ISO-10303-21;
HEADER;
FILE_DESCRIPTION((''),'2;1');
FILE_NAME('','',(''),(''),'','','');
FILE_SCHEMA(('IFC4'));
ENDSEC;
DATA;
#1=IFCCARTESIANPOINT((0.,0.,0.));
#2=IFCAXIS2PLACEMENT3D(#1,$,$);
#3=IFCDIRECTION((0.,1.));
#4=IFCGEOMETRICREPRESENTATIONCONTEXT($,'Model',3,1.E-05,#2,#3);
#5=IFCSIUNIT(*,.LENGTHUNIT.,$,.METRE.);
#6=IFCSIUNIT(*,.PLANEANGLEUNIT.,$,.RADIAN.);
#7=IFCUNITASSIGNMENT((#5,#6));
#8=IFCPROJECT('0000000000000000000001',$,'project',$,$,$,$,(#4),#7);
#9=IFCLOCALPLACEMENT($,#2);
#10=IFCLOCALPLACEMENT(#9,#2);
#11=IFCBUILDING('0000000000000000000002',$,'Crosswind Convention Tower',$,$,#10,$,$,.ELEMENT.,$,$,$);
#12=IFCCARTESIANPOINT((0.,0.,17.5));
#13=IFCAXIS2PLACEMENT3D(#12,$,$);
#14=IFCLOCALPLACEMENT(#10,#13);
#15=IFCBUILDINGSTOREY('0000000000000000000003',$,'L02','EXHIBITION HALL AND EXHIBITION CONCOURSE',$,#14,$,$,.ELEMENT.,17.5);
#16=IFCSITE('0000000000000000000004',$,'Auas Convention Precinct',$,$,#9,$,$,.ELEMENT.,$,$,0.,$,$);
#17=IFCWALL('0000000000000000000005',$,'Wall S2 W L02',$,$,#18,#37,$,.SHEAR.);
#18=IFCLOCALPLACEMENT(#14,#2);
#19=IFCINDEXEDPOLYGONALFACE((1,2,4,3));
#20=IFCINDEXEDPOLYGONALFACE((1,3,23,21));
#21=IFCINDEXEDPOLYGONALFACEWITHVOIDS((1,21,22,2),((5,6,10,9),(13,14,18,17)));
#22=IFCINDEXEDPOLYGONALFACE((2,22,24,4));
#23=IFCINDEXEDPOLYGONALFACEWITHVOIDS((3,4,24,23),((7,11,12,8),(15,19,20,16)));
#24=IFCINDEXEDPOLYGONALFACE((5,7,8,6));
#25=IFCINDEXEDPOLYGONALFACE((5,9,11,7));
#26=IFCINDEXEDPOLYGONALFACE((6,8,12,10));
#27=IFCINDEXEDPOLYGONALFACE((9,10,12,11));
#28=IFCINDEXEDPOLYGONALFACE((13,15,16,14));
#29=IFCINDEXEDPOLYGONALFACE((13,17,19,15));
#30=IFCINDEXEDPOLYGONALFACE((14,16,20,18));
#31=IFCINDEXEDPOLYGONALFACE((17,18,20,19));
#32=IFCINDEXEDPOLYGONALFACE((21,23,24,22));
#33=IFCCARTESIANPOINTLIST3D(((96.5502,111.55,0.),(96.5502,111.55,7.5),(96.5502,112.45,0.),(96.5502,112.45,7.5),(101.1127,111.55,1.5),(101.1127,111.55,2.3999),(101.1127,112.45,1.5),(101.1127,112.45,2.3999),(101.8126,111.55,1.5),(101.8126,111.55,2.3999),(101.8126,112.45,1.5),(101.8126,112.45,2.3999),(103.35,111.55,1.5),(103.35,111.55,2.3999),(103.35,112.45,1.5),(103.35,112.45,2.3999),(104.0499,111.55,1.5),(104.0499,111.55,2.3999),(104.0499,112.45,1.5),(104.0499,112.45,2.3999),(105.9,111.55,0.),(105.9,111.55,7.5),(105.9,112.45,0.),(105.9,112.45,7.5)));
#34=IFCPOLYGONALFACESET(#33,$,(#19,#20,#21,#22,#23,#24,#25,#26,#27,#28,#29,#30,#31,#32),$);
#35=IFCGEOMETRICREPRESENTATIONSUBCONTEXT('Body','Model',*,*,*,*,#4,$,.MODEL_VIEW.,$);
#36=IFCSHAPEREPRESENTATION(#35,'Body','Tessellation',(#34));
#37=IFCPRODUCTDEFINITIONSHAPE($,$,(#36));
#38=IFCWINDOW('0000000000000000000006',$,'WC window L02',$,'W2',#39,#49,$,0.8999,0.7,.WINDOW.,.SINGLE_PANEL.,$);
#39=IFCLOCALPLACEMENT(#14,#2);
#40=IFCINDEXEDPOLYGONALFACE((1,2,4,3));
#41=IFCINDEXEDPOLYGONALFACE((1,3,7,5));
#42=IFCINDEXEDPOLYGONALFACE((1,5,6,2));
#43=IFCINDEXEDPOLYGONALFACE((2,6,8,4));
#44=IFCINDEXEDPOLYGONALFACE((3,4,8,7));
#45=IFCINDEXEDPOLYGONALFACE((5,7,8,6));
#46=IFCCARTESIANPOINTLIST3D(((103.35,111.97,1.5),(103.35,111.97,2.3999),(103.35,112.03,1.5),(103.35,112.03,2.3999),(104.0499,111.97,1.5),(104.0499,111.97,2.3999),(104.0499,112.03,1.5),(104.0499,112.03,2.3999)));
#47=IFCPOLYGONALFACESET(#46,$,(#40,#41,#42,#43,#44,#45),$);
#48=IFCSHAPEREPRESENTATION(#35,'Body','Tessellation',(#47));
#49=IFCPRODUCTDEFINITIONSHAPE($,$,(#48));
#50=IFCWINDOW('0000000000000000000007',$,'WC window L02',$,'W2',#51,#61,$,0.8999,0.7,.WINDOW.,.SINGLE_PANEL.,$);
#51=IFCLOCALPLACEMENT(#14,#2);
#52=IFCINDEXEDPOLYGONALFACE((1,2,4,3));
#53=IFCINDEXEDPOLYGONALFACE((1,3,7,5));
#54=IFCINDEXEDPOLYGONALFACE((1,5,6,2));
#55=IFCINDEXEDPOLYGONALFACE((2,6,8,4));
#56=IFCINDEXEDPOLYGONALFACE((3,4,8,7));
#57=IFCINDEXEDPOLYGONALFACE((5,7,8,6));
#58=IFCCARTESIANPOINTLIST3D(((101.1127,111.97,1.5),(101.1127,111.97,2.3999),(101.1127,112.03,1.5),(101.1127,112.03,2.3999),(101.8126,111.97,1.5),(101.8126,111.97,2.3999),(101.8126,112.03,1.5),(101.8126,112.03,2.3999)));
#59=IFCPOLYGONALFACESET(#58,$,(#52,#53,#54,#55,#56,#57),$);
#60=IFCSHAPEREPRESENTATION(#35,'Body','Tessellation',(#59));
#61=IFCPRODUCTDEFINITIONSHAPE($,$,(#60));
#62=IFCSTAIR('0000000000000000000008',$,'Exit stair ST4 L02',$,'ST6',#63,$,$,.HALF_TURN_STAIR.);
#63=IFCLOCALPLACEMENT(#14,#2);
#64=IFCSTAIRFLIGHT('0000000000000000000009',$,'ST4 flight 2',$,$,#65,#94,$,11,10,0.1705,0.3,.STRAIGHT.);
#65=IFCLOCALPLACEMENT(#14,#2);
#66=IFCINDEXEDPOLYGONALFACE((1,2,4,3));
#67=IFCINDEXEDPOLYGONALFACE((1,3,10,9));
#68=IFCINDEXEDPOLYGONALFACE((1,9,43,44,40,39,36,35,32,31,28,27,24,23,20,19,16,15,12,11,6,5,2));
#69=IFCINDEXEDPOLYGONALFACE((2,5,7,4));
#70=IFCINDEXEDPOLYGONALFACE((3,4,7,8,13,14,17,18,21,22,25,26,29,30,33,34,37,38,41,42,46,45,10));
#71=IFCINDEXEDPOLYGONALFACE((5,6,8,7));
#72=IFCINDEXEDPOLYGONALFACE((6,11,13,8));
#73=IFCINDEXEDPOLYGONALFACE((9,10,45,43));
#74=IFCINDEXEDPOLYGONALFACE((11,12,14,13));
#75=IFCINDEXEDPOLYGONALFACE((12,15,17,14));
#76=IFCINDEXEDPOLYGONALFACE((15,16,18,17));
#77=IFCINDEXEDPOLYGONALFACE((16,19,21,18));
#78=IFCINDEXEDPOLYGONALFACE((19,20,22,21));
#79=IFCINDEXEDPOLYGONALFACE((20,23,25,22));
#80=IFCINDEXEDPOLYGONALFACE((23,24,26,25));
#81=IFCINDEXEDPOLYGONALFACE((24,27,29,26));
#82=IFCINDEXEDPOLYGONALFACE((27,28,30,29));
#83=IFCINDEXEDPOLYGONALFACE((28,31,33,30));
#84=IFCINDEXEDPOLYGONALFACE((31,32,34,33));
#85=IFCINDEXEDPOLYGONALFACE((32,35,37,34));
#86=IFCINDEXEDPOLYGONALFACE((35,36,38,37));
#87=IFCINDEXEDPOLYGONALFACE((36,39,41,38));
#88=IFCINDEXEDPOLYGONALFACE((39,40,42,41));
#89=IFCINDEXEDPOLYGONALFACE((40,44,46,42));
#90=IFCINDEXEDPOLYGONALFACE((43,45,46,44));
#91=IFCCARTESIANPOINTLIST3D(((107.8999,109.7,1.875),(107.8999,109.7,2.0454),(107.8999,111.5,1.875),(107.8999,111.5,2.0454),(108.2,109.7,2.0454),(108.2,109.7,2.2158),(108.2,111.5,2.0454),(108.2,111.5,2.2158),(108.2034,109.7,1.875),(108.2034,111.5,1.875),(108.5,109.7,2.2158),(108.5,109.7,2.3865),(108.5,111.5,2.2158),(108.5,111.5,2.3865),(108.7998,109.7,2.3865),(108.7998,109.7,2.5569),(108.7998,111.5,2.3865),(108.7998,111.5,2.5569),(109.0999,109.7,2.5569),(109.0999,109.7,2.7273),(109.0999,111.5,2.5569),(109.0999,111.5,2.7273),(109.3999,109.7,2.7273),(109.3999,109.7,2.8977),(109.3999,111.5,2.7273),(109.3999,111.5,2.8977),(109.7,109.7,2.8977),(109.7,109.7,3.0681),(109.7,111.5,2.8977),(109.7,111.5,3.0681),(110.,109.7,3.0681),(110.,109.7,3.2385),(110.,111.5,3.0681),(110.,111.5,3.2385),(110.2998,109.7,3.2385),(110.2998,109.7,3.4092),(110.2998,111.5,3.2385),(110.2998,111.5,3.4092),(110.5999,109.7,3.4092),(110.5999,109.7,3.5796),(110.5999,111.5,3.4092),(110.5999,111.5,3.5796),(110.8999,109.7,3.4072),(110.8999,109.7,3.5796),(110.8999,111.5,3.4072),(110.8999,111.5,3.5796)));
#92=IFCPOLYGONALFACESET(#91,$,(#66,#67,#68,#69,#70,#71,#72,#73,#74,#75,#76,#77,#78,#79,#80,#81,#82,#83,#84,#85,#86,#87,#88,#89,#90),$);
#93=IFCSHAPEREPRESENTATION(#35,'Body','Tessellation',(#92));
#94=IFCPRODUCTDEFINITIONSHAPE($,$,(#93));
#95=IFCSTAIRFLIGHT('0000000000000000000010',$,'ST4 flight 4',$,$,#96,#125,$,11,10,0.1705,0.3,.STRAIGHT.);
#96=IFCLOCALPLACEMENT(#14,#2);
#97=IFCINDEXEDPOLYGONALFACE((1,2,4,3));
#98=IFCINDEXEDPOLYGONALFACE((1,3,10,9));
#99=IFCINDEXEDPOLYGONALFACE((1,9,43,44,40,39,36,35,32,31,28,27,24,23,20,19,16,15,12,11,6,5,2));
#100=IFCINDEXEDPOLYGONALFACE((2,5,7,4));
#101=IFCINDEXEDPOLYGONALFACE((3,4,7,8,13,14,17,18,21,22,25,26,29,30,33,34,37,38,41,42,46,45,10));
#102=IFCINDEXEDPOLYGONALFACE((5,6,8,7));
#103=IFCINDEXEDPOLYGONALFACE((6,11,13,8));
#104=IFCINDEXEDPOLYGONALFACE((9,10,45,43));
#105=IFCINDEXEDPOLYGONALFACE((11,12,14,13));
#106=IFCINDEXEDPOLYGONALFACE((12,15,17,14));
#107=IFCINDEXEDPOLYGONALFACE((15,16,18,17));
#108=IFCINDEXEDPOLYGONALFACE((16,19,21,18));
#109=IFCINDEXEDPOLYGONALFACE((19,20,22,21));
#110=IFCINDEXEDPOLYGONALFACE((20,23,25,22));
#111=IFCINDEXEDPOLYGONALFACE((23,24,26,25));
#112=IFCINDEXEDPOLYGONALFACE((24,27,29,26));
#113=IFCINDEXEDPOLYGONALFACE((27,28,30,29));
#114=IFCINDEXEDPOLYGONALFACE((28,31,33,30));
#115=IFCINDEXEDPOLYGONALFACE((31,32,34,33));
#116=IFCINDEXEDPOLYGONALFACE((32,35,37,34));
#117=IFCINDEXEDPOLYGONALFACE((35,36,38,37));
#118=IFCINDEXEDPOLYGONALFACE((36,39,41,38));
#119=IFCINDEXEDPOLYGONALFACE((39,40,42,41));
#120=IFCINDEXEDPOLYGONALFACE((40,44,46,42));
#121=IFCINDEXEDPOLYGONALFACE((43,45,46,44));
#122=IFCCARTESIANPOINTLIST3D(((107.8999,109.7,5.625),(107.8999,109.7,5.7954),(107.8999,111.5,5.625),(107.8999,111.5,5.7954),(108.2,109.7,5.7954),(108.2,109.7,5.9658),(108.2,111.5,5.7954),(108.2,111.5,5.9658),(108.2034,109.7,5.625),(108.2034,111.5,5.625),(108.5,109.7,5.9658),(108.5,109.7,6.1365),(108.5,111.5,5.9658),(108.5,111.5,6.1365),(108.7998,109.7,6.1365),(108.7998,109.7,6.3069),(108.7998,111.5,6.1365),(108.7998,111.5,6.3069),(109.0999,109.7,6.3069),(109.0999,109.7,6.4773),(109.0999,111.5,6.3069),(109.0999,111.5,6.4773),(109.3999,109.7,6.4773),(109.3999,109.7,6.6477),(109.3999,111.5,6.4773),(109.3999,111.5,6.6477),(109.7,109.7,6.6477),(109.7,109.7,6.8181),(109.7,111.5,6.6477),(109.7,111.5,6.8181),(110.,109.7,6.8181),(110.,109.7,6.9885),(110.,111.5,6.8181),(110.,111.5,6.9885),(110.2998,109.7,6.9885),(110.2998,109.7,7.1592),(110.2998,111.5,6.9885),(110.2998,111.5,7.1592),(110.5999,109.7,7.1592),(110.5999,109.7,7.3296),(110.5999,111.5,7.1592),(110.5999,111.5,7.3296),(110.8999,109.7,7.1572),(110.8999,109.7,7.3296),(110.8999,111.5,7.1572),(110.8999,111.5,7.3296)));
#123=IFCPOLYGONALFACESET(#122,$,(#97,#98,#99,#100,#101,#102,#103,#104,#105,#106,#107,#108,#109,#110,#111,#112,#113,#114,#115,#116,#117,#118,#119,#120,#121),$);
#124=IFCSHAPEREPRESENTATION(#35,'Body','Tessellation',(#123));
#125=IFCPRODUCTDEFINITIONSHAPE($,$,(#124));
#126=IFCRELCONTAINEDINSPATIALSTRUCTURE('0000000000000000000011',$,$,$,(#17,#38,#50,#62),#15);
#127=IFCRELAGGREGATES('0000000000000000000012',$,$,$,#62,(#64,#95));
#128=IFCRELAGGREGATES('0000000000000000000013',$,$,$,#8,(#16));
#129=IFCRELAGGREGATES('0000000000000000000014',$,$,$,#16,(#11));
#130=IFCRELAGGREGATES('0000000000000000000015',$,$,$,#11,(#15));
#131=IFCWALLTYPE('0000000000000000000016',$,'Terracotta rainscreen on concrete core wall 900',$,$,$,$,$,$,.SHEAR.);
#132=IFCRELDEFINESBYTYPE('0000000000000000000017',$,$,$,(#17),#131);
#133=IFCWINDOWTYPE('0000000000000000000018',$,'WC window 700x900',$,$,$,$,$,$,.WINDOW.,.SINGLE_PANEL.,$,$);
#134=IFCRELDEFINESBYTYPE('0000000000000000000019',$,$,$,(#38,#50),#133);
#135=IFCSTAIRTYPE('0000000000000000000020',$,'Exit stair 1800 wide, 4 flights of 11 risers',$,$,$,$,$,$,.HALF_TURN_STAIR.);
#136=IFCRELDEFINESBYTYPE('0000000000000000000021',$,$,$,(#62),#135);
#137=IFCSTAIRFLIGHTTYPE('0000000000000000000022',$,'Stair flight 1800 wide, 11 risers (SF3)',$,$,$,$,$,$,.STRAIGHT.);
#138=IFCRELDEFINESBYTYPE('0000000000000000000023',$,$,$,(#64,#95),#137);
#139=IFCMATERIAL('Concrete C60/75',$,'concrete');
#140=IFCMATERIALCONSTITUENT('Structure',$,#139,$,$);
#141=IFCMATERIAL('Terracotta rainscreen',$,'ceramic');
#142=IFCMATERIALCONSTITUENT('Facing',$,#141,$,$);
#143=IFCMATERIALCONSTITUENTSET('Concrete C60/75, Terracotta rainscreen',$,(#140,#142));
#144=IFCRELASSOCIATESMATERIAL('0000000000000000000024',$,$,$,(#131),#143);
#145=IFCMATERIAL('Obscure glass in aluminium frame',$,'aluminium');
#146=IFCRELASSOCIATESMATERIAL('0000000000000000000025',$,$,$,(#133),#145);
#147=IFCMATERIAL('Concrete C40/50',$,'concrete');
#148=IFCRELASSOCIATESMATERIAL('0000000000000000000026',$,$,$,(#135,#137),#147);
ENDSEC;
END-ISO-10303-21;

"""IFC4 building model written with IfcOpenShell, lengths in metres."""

from ifc_helpers import new_model, si_unit, direction, frame, frame_2d, origin, place, context, subcontext, project, spatial, polyline, rectangle, outline, extrude, material, constituent, constituent_set, type_object, element, fill, aggregate, save


model = new_model("IFC4")

# Units and contexts
model_context = context("Model", 3, precision=1e-05, world=origin(), true_north=direction((0.0, 1.0)))
body_context = subcontext(model_context, "Body", "Model", "MODEL_VIEW")
ifc_project = project(units=[si_unit("LENGTHUNIT", "METRE"), si_unit("PLANEANGLEUNIT", "RADIAN")], contexts=[model_context])

# Site, building, storey
site_placement = place(None, origin())
site = spatial("IfcSite", under=ifc_project, at=site_placement, Name="Auas Convention Precinct", CompositionType="ELEMENT", RefElevation=0.0)
building_placement = place(site_placement, origin())
building = spatial("IfcBuilding", under=site, at=building_placement, Name="Crosswind Convention Tower", CompositionType="ELEMENT")
storey_placement = place(building_placement, frame((0.0, 0.0, 17.5)))
storey = spatial("IfcBuildingStorey", under=building, at=storey_placement, Name="L02", Description="EXHIBITION HALL AND EXHIBITION CONCOURSE", CompositionType="ELEMENT", Elevation=17.5)

# Shared definitions
ifc_material_1 = material(Name="Concrete C60/75", Category="concrete")

# Wall, openings, windows
ifc_constituent_1 = constituent(ifc_material_1, Name="Structure")
ifc_material_2 = material(Name="Terracotta rainscreen", Category="ceramic")
ifc_constituent_2 = constituent(ifc_material_2, Name="Facing")
ifc_constituent_set = constituent_set(constituents=[ifc_constituent_1, ifc_constituent_2], Name="Concrete C60/75, Terracotta rainscreen")
wall_type_1 = type_object("IfcWallType", Name="Terracotta rainscreen on concrete core wall 900", PredefinedType="SHEAR", material=ifc_constituent_set)
wall_1_placement = place(storey_placement, frame((105.8999, 112.0, 0.0), z_axis=(0.0, 0.0, 1.0), x_axis=(-1.0, 0.0, 0.0)))
wall_1 = element("IfcWall", 1, at=wall_1_placement, inside=storey, type_object=wall_type_1, Name="Wall S2 W L02", PredefinedType="SHEAR", context=body_context, shape_type="SweptSolid", body=[
    extrude(rectangle(XDim=9.3499, YDim=0.8999, at=frame_2d((4.6748, 0.0))), origin(), (0.0, 0.0, 1.0), 7.5),
])
opening_1_placement = place(wall_1_placement, frame((1.8499, 0.0, 1.5)))
opening_1 = element("IfcOpeningElement", 2, at=opening_1_placement, cuts=wall_1, PredefinedType="OPENING", context=body_context, shape_type="SweptSolid", body=[
    extrude(rectangle(XDim=0.7, YDim=0.8999, at=frame_2d((0.3501, 0.45))), frame((0.0, 0.46, 0.0), z_axis=(0.0, -1.0, 0.0), x_axis=(1.0, 0.0, 0.0)), (0.0, 0.0, 1.0), 0.9199),
])
opening_2_placement = place(wall_1_placement, frame((4.0872, 0.0, 1.5)))
opening_2 = element("IfcOpeningElement", 3, at=opening_2_placement, cuts=wall_1, PredefinedType="OPENING", context=body_context, shape_type="SweptSolid", body=[
    extrude(rectangle(XDim=0.7, YDim=0.8999, at=frame_2d((0.3501, 0.45))), frame((0.0, 0.46, 0.0), z_axis=(0.0, -1.0, 0.0), x_axis=(1.0, 0.0, 0.0)), (0.0, 0.0, 1.0), 0.9199),
])
ifc_material_3 = material(Name="Obscure glass in aluminium frame", Category="aluminium")
window_type = type_object("IfcWindowType", Name="WC window 700x900", PartitioningType="SINGLE_PANEL", PredefinedType="WINDOW", material=ifc_material_3)
window_1_placement = place(opening_1_placement, origin())
window_1 = element("IfcWindow", 4, at=window_1_placement, inside=storey, type_object=window_type, Name="WC window L02", ObjectType="W2", OverallHeight=0.8999, OverallWidth=0.7, PartitioningType="SINGLE_PANEL", PredefinedType="WINDOW", context=body_context, shape_type="SweptSolid", body=[
    extrude(rectangle(XDim=0.7, YDim=0.8999, at=frame_2d((0.3501, 0.45))), frame((0.0, 0.03, 0.0), z_axis=(0.0, -1.0, 0.0), x_axis=(1.0, 0.0, 0.0)), (0.0, 0.0, 1.0), 0.0601),
])
fill(opening_1, window_1)
window_2_placement = place(opening_2_placement, origin())
window_2 = element("IfcWindow", 5, at=window_2_placement, inside=storey, type_object=window_type, Name="WC window L02", ObjectType="W2", OverallHeight=0.8999, OverallWidth=0.7, PartitioningType="SINGLE_PANEL", PredefinedType="WINDOW", context=body_context, shape_type="SweptSolid", body=[
    extrude(rectangle(XDim=0.7, YDim=0.8999, at=frame_2d((0.3501, 0.45))), frame((0.0, 0.03, 0.0), z_axis=(0.0, -1.0, 0.0), x_axis=(1.0, 0.0, 0.0)), (0.0, 0.0, 1.0), 0.0601),
])
fill(opening_2, window_2)

# Stair, stair flights
ifc_material_4 = material(Name="Concrete C40/50", Category="concrete")
stair_type = type_object("IfcStairType", Name="Exit stair 1800 wide, 4 flights of 11 risers", PredefinedType="HALF_TURN_STAIR", material=ifc_material_4)
stair_placement = place(storey_placement, origin())
stair = element("IfcStair", 6, at=stair_placement, inside=storey, type_object=stair_type, Name="Exit stair ST4 L02", ObjectType="ST6", PredefinedType="HALF_TURN_STAIR")
stair_flight_type = type_object("IfcStairFlightType", Name="Stair flight 1800 wide, 11 risers (SF3)", PredefinedType="STRAIGHT", material=ifc_material_4)
stair_flight_1_placement = place(storey_placement, frame((107.8999, 110.6001, 1.875), z_axis=(0.0, 0.0, 1.0), x_axis=(1.0, 0.0, 0.0)))
stair_flight_1 = element("IfcStairFlight", 7, at=stair_flight_1_placement, type_object=stair_flight_type, Name="ST4 flight 2", NumberOfRisers=11, NumberOfTreads=10, PredefinedType="STRAIGHT", RiserHeight=0.1705, TreadLength=0.3, context=body_context, shape_type="SweptSolid", body=[
    extrude(outline(polyline([(0.0, 0.0), (0.0, 0.1704), (0.3, 0.1704), (0.3, 0.3408), (0.6001, 0.3408), (0.6001, 0.5115), (0.8999, 0.5115), (0.8999, 0.6819), (1.2, 0.6819), (1.2, 0.8523), (1.5, 0.8523), (1.5, 1.0227), (1.8, 1.0227), (1.8, 1.1931), (2.1001, 1.1931), (2.1001, 1.3635), (2.3999, 1.3635), (2.3999, 1.5342), (2.7, 1.5342), (2.7, 1.7046), (3.0, 1.7046), (3.0, 1.875), (3.0, 1.5322), (0.3035, 0.0), (0.0, 0.0)])), frame((0.0, 0.8999, 0.0), z_axis=(0.0, -1.0, 0.0), x_axis=(1.0, 0.0, 0.0)), (0.0, 0.0, 1.0), 1.8),
])
stair_flight_2_placement = place(storey_placement, frame((107.8999, 110.6001, 5.625), z_axis=(0.0, 0.0, 1.0), x_axis=(1.0, 0.0, 0.0)))
stair_flight_2 = element("IfcStairFlight", 8, at=stair_flight_2_placement, type_object=stair_flight_type, Name="ST4 flight 4", NumberOfRisers=11, NumberOfTreads=10, PredefinedType="STRAIGHT", RiserHeight=0.1705, TreadLength=0.3, context=body_context, shape_type="SweptSolid", body=[
    extrude(outline(polyline([(0.0, 0.0), (0.0, 0.1704), (0.3, 0.1704), (0.3, 0.3408), (0.6001, 0.3408), (0.6001, 0.5115), (0.8999, 0.5115), (0.8999, 0.6819), (1.2, 0.6819), (1.2, 0.8523), (1.5, 0.8523), (1.5, 1.0227), (1.8, 1.0227), (1.8, 1.1931), (2.1001, 1.1931), (2.1001, 1.3635), (2.3999, 1.3635), (2.3999, 1.5342), (2.7, 1.5342), (2.7, 1.7046), (3.0, 1.7046), (3.0, 1.875), (3.0, 1.5322), (0.3035, 0.0), (0.0, 0.0)])), frame((0.0, 0.8999, 0.0), z_axis=(0.0, -1.0, 0.0), x_axis=(1.0, 0.0, 0.0)), (0.0, 0.0, 1.0), 1.8),
])
aggregate(stair, [stair_flight_1, stair_flight_2])

save(model, "model.ifc")
